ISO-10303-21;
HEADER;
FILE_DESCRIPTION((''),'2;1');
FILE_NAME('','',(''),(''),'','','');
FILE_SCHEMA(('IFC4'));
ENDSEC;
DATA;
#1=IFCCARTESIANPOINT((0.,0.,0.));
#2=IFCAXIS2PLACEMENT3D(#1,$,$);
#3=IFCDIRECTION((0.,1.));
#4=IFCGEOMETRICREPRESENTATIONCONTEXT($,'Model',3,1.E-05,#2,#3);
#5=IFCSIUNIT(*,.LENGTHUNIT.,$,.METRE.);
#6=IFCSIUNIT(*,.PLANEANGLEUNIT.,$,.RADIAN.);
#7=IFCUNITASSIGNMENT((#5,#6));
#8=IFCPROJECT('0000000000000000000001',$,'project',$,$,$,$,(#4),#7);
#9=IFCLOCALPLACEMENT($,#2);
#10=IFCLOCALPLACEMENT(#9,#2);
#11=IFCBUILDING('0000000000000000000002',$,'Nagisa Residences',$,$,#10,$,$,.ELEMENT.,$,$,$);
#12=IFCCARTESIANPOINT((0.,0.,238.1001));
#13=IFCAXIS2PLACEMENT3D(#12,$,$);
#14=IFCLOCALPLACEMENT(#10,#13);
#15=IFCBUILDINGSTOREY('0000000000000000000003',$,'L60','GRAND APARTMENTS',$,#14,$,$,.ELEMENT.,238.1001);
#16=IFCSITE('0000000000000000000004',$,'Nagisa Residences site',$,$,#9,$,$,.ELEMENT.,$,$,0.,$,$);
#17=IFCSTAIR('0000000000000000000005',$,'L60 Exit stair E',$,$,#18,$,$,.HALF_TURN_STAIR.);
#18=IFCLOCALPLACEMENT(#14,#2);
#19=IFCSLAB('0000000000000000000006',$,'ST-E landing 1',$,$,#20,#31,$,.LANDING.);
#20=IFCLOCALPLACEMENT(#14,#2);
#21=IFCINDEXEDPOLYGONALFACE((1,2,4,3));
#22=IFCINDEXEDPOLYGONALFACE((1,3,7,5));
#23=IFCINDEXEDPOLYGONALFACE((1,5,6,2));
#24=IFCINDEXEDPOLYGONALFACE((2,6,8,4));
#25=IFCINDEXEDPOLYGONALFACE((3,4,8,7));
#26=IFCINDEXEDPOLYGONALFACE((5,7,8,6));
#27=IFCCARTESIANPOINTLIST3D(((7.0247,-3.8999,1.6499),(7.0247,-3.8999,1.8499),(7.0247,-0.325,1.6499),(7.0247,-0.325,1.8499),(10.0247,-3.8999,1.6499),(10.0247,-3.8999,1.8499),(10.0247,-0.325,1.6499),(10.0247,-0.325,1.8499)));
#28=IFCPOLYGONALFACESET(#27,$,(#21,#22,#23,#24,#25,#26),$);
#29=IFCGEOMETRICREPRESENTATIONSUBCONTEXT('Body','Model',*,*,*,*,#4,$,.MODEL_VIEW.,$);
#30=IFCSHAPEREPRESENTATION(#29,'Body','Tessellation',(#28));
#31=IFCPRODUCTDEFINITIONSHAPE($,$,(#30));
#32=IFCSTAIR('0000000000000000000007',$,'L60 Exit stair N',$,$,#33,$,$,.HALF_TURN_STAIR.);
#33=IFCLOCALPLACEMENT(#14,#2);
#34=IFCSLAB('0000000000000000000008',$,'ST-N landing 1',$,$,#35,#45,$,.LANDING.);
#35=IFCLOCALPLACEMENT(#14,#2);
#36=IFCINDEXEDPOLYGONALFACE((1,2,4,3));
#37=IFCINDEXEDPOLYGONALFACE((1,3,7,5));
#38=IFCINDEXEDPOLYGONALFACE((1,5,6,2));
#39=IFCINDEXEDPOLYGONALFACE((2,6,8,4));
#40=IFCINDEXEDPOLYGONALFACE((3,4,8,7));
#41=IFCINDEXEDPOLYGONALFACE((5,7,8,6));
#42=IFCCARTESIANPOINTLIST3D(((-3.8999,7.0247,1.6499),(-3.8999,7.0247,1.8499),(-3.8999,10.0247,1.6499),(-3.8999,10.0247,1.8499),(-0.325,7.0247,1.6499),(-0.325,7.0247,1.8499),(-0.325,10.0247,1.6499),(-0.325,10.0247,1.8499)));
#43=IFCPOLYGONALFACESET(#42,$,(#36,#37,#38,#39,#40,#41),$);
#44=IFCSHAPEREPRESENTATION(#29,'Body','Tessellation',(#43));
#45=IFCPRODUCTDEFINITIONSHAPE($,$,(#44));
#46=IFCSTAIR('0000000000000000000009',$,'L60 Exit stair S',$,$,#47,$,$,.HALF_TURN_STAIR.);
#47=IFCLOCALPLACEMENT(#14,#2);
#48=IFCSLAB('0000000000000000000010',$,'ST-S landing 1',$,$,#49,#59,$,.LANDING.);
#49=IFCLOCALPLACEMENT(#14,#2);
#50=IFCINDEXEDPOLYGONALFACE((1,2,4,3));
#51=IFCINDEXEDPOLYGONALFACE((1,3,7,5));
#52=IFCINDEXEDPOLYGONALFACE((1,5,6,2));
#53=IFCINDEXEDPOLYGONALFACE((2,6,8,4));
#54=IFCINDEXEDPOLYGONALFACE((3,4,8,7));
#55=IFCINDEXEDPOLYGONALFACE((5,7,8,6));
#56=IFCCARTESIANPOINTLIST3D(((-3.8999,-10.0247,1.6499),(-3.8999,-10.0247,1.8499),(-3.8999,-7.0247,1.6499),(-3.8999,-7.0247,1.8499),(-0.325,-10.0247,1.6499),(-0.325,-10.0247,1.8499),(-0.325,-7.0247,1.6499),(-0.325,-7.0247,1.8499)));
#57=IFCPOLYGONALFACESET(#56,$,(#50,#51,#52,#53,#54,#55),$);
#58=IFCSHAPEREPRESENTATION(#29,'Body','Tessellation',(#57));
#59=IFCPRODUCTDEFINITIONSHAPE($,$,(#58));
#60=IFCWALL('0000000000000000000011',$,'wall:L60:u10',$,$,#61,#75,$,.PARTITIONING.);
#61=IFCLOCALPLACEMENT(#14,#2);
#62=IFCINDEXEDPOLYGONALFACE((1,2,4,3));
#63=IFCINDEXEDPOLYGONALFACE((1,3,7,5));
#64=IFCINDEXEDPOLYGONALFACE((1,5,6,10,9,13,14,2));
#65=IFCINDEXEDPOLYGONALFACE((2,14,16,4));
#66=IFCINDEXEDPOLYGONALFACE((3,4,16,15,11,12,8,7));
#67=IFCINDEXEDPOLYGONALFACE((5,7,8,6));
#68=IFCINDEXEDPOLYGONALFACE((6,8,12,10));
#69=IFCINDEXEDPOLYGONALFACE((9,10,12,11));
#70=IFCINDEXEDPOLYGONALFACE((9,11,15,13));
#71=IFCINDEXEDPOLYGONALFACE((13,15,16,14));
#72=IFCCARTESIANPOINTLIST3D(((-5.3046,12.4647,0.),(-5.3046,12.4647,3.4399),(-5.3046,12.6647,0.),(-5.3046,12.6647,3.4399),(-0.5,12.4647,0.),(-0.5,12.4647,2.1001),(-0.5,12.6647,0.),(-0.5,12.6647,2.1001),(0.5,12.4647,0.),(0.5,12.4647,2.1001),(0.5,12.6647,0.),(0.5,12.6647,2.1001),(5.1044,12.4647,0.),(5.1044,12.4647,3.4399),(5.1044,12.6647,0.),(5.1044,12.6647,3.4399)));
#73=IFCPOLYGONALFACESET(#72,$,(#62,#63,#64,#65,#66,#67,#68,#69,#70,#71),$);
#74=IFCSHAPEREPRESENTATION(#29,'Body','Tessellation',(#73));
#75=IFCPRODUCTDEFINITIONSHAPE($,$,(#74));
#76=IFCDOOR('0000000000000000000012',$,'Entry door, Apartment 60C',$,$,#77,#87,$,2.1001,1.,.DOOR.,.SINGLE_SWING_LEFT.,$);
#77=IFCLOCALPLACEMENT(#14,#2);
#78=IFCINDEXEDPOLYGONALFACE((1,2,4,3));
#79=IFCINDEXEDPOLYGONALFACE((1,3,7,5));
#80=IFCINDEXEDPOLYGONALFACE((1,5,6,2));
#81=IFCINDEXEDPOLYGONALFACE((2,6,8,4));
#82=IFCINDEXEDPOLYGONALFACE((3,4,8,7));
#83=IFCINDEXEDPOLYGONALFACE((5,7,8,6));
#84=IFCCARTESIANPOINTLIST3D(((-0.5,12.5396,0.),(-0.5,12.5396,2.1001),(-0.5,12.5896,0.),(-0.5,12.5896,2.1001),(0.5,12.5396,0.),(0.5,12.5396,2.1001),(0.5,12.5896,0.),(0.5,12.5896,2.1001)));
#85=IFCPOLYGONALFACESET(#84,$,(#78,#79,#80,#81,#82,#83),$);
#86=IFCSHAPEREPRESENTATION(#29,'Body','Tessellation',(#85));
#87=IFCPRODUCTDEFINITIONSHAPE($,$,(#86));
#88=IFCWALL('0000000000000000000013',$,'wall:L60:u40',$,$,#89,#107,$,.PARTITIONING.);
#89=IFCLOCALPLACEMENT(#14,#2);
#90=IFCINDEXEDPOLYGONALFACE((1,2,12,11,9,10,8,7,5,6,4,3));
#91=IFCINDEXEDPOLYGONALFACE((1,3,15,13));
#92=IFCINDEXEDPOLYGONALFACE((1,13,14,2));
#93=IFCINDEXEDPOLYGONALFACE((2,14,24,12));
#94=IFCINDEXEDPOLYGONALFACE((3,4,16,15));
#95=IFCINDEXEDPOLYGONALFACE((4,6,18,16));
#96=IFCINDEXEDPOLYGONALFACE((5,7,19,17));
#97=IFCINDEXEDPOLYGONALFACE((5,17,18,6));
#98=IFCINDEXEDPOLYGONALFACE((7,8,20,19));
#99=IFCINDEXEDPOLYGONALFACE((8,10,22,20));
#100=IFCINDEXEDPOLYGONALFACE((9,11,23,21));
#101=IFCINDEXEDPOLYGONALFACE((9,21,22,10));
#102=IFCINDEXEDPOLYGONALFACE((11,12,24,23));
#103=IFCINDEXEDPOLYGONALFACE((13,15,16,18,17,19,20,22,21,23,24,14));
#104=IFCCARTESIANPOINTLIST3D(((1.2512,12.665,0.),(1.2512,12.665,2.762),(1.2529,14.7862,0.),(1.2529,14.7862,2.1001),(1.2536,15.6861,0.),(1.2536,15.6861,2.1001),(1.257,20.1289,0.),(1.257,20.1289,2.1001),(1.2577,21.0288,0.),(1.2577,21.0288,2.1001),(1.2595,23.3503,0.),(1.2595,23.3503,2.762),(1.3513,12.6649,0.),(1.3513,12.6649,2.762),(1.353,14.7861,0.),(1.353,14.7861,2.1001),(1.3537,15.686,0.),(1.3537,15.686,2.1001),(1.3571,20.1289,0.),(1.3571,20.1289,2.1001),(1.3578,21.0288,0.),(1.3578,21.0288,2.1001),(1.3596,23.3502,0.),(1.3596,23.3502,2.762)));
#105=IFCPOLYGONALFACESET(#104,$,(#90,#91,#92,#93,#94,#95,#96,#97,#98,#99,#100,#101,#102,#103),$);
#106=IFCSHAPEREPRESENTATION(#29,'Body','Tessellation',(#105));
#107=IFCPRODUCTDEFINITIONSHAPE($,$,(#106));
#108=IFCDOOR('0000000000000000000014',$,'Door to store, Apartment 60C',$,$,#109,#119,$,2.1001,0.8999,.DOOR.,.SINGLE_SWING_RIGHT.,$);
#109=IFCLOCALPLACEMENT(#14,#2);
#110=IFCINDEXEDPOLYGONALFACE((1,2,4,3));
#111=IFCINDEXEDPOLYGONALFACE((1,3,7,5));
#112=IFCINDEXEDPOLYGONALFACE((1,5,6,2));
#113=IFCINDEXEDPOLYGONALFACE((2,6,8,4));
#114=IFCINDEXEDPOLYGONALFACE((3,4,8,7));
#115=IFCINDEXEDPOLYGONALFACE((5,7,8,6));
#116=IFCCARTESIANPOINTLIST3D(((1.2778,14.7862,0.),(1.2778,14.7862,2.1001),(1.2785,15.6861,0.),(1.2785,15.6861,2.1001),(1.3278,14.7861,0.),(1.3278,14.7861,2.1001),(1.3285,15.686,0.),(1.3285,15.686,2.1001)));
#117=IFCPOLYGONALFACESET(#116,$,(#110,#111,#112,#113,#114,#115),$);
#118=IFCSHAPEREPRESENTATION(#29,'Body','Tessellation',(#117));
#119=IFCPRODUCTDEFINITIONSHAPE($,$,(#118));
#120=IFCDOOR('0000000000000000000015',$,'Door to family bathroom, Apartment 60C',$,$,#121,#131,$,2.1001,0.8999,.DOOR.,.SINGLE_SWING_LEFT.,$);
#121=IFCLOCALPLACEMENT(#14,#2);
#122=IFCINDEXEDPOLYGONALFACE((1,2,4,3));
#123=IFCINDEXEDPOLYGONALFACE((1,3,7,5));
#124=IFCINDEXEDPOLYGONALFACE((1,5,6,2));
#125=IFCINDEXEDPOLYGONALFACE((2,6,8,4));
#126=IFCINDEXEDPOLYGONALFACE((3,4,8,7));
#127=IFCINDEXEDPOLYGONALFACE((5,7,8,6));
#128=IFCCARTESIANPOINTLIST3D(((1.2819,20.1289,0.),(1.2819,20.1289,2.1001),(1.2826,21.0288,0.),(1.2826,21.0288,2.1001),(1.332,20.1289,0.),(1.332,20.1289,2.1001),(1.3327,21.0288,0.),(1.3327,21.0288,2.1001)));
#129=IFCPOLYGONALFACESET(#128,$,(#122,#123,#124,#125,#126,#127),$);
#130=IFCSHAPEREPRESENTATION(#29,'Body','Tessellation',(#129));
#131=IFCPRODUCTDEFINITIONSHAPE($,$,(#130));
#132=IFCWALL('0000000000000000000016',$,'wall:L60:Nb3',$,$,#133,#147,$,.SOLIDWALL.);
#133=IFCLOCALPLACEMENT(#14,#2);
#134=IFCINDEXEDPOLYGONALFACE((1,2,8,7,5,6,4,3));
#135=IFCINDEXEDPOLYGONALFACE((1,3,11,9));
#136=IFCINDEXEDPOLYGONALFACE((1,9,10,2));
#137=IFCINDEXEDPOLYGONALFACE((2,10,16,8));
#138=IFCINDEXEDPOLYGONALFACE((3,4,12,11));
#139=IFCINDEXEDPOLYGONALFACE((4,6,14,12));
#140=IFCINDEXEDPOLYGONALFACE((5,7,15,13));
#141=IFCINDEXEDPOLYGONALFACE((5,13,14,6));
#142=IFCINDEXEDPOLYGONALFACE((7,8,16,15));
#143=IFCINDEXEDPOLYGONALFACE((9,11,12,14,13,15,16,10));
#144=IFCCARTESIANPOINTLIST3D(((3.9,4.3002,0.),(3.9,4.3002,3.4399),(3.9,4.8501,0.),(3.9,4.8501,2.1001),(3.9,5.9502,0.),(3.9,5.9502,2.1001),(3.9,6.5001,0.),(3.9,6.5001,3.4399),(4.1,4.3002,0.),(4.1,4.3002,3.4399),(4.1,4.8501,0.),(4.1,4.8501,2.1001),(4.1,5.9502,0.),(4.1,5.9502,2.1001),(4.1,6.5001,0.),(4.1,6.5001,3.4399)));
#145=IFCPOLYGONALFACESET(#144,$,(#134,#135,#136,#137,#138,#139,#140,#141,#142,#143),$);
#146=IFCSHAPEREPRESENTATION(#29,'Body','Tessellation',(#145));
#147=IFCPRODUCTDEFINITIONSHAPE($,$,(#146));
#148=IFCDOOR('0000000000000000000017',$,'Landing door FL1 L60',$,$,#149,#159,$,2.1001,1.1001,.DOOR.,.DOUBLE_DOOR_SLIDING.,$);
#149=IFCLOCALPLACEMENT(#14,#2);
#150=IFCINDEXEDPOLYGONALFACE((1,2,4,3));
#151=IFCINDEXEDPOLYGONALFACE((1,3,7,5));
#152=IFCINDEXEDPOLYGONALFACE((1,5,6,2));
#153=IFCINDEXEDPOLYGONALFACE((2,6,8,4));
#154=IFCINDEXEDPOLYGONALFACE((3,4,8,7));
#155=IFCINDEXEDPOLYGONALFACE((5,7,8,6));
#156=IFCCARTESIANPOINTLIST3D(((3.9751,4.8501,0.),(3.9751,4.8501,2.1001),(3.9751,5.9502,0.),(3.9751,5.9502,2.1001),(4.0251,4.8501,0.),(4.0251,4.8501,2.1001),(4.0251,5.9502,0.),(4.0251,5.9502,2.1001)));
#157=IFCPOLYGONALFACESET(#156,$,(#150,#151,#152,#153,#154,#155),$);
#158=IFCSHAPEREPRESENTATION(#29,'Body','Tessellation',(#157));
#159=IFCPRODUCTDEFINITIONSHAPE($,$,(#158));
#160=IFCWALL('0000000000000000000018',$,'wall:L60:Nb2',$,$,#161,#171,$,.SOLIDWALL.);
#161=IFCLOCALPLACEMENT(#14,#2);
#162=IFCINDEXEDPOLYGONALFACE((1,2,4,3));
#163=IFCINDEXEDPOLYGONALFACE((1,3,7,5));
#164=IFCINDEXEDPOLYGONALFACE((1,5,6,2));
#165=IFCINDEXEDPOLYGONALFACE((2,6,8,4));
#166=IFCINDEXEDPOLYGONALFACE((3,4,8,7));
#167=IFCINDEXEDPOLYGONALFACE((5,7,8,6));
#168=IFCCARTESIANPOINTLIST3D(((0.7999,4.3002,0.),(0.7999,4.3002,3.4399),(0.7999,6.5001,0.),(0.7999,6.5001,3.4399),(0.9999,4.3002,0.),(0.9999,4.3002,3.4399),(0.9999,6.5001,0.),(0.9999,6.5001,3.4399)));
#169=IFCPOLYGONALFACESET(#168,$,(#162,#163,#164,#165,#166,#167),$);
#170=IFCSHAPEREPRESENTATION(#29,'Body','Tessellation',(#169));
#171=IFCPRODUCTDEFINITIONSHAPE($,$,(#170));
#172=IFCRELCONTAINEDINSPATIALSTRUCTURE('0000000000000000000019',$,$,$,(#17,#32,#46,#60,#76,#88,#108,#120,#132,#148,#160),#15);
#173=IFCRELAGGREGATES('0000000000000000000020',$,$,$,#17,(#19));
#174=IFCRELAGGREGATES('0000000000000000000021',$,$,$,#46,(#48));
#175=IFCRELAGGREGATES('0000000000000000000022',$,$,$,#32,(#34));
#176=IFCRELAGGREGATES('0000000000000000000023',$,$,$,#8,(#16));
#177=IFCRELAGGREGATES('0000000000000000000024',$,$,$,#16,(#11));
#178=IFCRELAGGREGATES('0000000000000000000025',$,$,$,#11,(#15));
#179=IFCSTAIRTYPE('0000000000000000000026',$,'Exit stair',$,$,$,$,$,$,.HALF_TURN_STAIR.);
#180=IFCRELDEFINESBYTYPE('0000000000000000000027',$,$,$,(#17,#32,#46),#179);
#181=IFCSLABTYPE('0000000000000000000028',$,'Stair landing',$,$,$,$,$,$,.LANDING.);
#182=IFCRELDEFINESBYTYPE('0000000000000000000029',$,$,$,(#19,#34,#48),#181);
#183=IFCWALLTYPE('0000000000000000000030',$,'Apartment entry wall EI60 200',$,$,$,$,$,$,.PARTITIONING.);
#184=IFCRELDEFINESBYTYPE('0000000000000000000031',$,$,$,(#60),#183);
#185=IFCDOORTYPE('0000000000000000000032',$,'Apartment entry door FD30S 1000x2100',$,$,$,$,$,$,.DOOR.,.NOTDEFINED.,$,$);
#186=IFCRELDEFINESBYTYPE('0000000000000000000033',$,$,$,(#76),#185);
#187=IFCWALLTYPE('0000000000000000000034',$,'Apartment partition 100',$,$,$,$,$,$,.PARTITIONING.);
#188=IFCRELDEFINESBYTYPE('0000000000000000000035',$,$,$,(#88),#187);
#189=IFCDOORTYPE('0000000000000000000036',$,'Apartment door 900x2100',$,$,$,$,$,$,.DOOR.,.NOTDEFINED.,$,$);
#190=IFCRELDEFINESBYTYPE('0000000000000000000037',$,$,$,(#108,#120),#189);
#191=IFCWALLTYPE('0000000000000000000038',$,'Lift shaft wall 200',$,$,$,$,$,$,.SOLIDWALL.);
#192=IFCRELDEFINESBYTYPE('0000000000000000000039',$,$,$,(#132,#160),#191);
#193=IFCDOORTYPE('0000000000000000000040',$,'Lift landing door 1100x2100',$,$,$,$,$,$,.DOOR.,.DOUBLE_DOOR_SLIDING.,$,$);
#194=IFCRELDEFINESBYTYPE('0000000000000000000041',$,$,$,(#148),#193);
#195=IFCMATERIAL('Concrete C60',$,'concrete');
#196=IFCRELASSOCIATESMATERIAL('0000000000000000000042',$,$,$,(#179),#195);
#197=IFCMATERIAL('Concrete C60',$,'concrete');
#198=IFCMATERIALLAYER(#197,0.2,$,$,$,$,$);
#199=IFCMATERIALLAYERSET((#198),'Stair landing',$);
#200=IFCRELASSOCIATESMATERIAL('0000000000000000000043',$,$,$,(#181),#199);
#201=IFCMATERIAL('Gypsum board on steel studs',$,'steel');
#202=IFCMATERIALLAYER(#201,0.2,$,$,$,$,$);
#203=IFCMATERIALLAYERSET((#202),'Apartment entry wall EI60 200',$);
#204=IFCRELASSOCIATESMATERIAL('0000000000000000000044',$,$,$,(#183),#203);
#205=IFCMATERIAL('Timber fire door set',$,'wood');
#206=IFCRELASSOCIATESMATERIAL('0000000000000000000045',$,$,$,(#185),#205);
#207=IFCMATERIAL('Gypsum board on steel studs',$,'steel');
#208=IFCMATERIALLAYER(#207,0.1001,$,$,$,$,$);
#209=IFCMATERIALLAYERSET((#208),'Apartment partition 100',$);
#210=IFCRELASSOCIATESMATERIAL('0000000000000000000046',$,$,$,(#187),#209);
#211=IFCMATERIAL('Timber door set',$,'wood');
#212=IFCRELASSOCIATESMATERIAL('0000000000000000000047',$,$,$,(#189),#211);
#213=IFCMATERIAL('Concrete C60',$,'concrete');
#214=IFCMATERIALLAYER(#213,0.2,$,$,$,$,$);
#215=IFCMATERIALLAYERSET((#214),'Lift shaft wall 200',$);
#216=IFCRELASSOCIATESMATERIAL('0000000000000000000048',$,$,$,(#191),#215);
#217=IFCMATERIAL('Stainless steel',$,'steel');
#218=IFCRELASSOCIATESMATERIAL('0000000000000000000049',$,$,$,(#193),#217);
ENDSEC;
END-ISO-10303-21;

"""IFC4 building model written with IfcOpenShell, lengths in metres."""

from ifc_helpers import new_model, si_unit, direction, frame, frame_2d, origin, place, context, subcontext, project, spatial, polyline, rectangle, outline, extrude, material, layer, layer_set, type_object, element, fill, aggregate, save


model = new_model("IFC4")

# Units and contexts
model_context = context("Model", 3, precision=1e-05, world=origin(), true_north=direction((0.0, 1.0)))
body_context = subcontext(model_context, "Body", "Model", "MODEL_VIEW")
ifc_project = project(units=[si_unit("LENGTHUNIT", "METRE"), si_unit("PLANEANGLEUNIT", "RADIAN")], contexts=[model_context])

# Site, building, storey
site_placement = place(None, origin())
site = spatial("IfcSite", under=ifc_project, at=site_placement, Name="Nagisa Residences site", CompositionType="ELEMENT", RefElevation=0.0)
building_placement = place(site_placement, origin())
building = spatial("IfcBuilding", under=site, at=building_placement, Name="Nagisa Residences", CompositionType="ELEMENT")
storey_placement = place(building_placement, frame((0.0, 0.0, 238.1001)))
storey = spatial("IfcBuildingStorey", under=building, at=storey_placement, Name="L60", Description="GRAND APARTMENTS", CompositionType="ELEMENT", Elevation=238.1001)

# Stairs, slabs
ifc_material_1 = material(Name="Concrete C60", Category="concrete")
stair_type = type_object("IfcStairType", Name="Exit stair", PredefinedType="HALF_TURN_STAIR", material=ifc_material_1)
stair_1_placement = place(storey_placement, origin())
stair_1 = element("IfcStair", 1, at=stair_1_placement, inside=storey, type_object=stair_type, Name="L60 Exit stair E", PredefinedType="HALF_TURN_STAIR")
ifc_material_2 = material(Name="Concrete C60", Category="concrete")
ifc_layer_1 = layer(ifc_material_2, 0.2)
ifc_layer_set_1 = layer_set([ifc_layer_1], Name="Stair landing")
slab_type = type_object("IfcSlabType", Name="Stair landing", PredefinedType="LANDING", material=ifc_layer_set_1)
slab_1_placement = place(storey_placement, frame((0.0, 0.0, 1.6499)))
slab_1 = element("IfcSlab", 2, at=slab_1_placement, type_object=slab_type, Name="ST-E landing 1", PredefinedType="LANDING", context=body_context, shape_type="SweptSolid", body=[
    extrude(outline(polyline([(7.0247, -0.325), (7.0247, -3.8999), (10.0247, -3.8999), (10.0247, -0.325), (7.0247, -0.325)])), origin(), (0.0, 0.0, 1.0), 0.2),
])
aggregate(stair_1, [slab_1])
stair_2_placement = place(storey_placement, origin())
stair_2 = element("IfcStair", 3, at=stair_2_placement, inside=storey, type_object=stair_type, Name="L60 Exit stair N", PredefinedType="HALF_TURN_STAIR")
slab_2_placement = place(storey_placement, frame((0.0, 0.0, 1.6499)))
slab_2 = element("IfcSlab", 4, at=slab_2_placement, type_object=slab_type, Name="ST-N landing 1", PredefinedType="LANDING", context=body_context, shape_type="SweptSolid", body=[
    extrude(outline(polyline([(-0.325, 10.0247), (-3.8999, 10.0247), (-3.8999, 7.0247), (-0.325, 7.0247), (-0.325, 10.0247)])), origin(), (0.0, 0.0, 1.0), 0.2),
])
stair_3_placement = place(storey_placement, origin())
stair_3 = element("IfcStair", 5, at=stair_3_placement, inside=storey, type_object=stair_type, Name="L60 Exit stair S", PredefinedType="HALF_TURN_STAIR")
slab_3_placement = place(storey_placement, frame((0.0, 0.0, 1.6499)))
slab_3 = element("IfcSlab", 6, at=slab_3_placement, type_object=slab_type, Name="ST-S landing 1", PredefinedType="LANDING", context=body_context, shape_type="SweptSolid", body=[
    extrude(outline(polyline([(-0.325, -7.0247), (-3.8999, -7.0247), (-3.8999, -10.0247), (-0.325, -10.0247), (-0.325, -7.0247)])), origin(), (0.0, 0.0, 1.0), 0.2),
])
aggregate(stair_3, [slab_3])

# Wall, opening, door
ifc_material_3 = material(Name="Gypsum board on steel studs", Category="steel")
ifc_layer_2 = layer(ifc_material_3, 0.2)
ifc_layer_set_2 = layer_set([ifc_layer_2], Name="Apartment entry wall EI60 200")
wall_type_1 = type_object("IfcWallType", Name="Apartment entry wall EI60 200", PredefinedType="PARTITIONING", material=ifc_layer_set_2)
wall_1_placement = place(storey_placement, frame((5.1045, 12.5647, 0.0), z_axis=(0.0, 0.0, 1.0), x_axis=(-1.0, 0.0, 0.0)))
wall_1 = element("IfcWall", 7, at=wall_1_placement, inside=storey, type_object=wall_type_1, Name="wall:L60:u10", PredefinedType="PARTITIONING", context=body_context, shape_type="SweptSolid", body=[
    extrude(rectangle(XDim=10.4089, YDim=0.2, at=frame_2d((5.2046, 0.0))), origin(), (0.0, 0.0, 1.0), 3.4399),
])
opening_1_placement = place(wall_1_placement, frame((4.6045, 0.0, 0.0)))
opening_1 = element("IfcOpeningElement", 8, at=opening_1_placement, cuts=wall_1, PredefinedType="OPENING", context=body_context, shape_type="SweptSolid", body=[
    extrude(rectangle(XDim=1.0, YDim=2.1001, at=frame_2d((0.5, 1.05))), frame((0.0, 0.1099, 0.0), z_axis=(0.0, -1.0, 0.0), x_axis=(1.0, 0.0, 0.0)), (0.0, 0.0, 1.0), 0.22),
])
ifc_material_4 = material(Name="Timber fire door set", Category="wood")
door_type_1 = type_object("IfcDoorType", Name="Apartment entry door FD30S 1000x2100", OperationType="NOTDEFINED", PredefinedType="DOOR", material=ifc_material_4)
door_1_placement = place(opening_1_placement, frame((1.0, 0.0, 0.0), x_axis=(-1.0, 0.0, 0.0)))
door_1 = element("IfcDoor", 9, at=door_1_placement, inside=storey, type_object=door_type_1, Name="Entry door, Apartment 60C", OperationType="SINGLE_SWING_LEFT", OverallHeight=2.1001, OverallWidth=1.0, PredefinedType="DOOR", context=body_context, shape_type="SweptSolid", body=[
    extrude(rectangle(XDim=1.0, YDim=2.1001, at=frame_2d((0.5, 1.05))), frame((0.0, 0.0249, 0.0), z_axis=(0.0, -1.0, 0.0), x_axis=(1.0, 0.0, 0.0)), (0.0, 0.0, 1.0), 0.05),
])
fill(opening_1, door_1)

# Wall, openings, doors
ifc_material_5 = material(Name="Gypsum board on steel studs", Category="steel")
ifc_layer_3 = layer(ifc_material_5, 0.1001)
ifc_layer_set_3 = layer_set([ifc_layer_3], Name="Apartment partition 100")
wall_type_2 = type_object("IfcWallType", Name="Apartment partition 100", PredefinedType="PARTITIONING", material=ifc_layer_set_3)
wall_2_placement = place(storey_placement, frame((1.3013, 12.6648, 0.0), z_axis=(0.0, 0.0, 1.0), x_axis=(0.000777, 1.0, 0.0)))
wall_2 = element("IfcWall", 10, at=wall_2_placement, inside=storey, type_object=wall_type_2, Name="wall:L60:u40", PredefinedType="PARTITIONING", context=body_context, shape_type="SweptSolid", body=[
    extrude(rectangle(XDim=10.6853, YDim=0.1001, at=frame_2d((5.3428, 0.0))), origin(), (0.0, 0.0, 1.0), 2.762),
])
opening_2_placement = place(wall_2_placement, frame((2.1213, 0.0, 0.0)))
opening_2 = element("IfcOpeningElement", 11, at=opening_2_placement, cuts=wall_2, PredefinedType="OPENING", context=body_context, shape_type="SweptSolid", body=[
    extrude(rectangle(XDim=0.8999, YDim=2.1001, at=frame_2d((0.45, 1.05))), frame((0.0, 0.0601, 0.0), z_axis=(0.0, -1.0, 0.0), x_axis=(1.0, 0.0, 0.0)), (0.0, 0.0, 1.0), 0.1201),
])
opening_3_placement = place(wall_2_placement, frame((7.4641, 0.0, 0.0)))
opening_3 = element("IfcOpeningElement", 12, at=opening_3_placement, cuts=wall_2, PredefinedType="OPENING", context=body_context, shape_type="SweptSolid", body=[
    extrude(rectangle(XDim=0.8999, YDim=2.1001, at=frame_2d((0.45, 1.05))), frame((0.0, 0.0601, 0.0), z_axis=(0.0, -1.0, 0.0), x_axis=(1.0, 0.0, 0.0)), (0.0, 0.0, 1.0), 0.1201),
])
ifc_material_6 = material(Name="Timber door set", Category="wood")
door_type_2 = type_object("IfcDoorType", Name="Apartment door 900x2100", OperationType="NOTDEFINED", PredefinedType="DOOR", material=ifc_material_6)
door_2_placement = place(opening_2_placement, frame((0.8999, 0.0, 0.0), x_axis=(-1.0, 0.0, 0.0)))
door_2 = element("IfcDoor", 13, at=door_2_placement, inside=storey, type_object=door_type_2, Name="Door to store, Apartment 60C", OperationType="SINGLE_SWING_RIGHT", OverallHeight=2.1001, OverallWidth=0.8999, PredefinedType="DOOR", context=body_context, shape_type="SweptSolid", body=[
    extrude(rectangle(XDim=0.8999, YDim=2.1001, at=frame_2d((0.45, 1.05))), frame((0.0, 0.0249, 0.0), z_axis=(0.0, -1.0, 0.0), x_axis=(1.0, 0.0, 0.0)), (0.0, 0.0, 1.0), 0.05),
])
fill(opening_2, door_2)
door_3_placement = place(opening_3_placement, frame((0.8999, 0.0, 0.0), x_axis=(-1.0, 0.0, 0.0)))
door_3 = element("IfcDoor", 14, at=door_3_placement, inside=storey, type_object=door_type_2, Name="Door to family bathroom, Apartment 60C", OperationType="SINGLE_SWING_LEFT", OverallHeight=2.1001, OverallWidth=0.8999, PredefinedType="DOOR", context=body_context, shape_type="SweptSolid", body=[
    extrude(rectangle(XDim=0.8999, YDim=2.1001, at=frame_2d((0.45, 1.05))), frame((0.0, 0.0249, 0.0), z_axis=(0.0, -1.0, 0.0), x_axis=(1.0, 0.0, 0.0)), (0.0, 0.0, 1.0), 0.05),
])
fill(opening_3, door_3)

# Wall, opening, door
ifc_material_7 = material(Name="Concrete C60", Category="concrete")
ifc_layer_4 = layer(ifc_material_7, 0.2)
ifc_layer_set_4 = layer_set([ifc_layer_4], Name="Lift shaft wall 200")
wall_type_3 = type_object("IfcWallType", Name="Lift shaft wall 200", PredefinedType="SOLIDWALL", material=ifc_layer_set_4)
wall_3_placement = place(storey_placement, frame((4.0, 4.3, 0.0), z_axis=(0.0, 0.0, 1.0), x_axis=(0.0, 1.0, 0.0)))
wall_3 = element("IfcWall", 15, at=wall_3_placement, inside=storey, type_object=wall_type_3, Name="wall:L60:Nb3", PredefinedType="SOLIDWALL", context=body_context, shape_type="SweptSolid", body=[
    extrude(rectangle(XDim=2.2, YDim=0.2, at=frame_2d((1.1001, 0.0))), origin(), (0.0, 0.0, 1.0), 3.4399),
])
opening_4_placement = place(wall_3_placement, frame((0.55, 0.0, 0.0)))
opening_4 = element("IfcOpeningElement", 16, at=opening_4_placement, cuts=wall_3, PredefinedType="OPENING", context=body_context, shape_type="SweptSolid", body=[
    extrude(rectangle(XDim=1.1001, YDim=2.1001, at=frame_2d((0.55, 1.05))), frame((0.0, 0.1099, 0.0), z_axis=(0.0, -1.0, 0.0), x_axis=(1.0, 0.0, 0.0)), (0.0, 0.0, 1.0), 0.22),
])
ifc_material_8 = material(Name="Stainless steel", Category="steel")
door_type_3 = type_object("IfcDoorType", Name="Lift landing door 1100x2100", OperationType="DOUBLE_DOOR_SLIDING", PredefinedType="DOOR", material=ifc_material_8)
door_4_placement = place(opening_4_placement, origin())
door_4 = element("IfcDoor", 17, at=door_4_placement, inside=storey, type_object=door_type_3, Name="Landing door FL1 L60", OperationType="DOUBLE_DOOR_SLIDING", OverallHeight=2.1001, OverallWidth=1.1001, PredefinedType="DOOR", context=body_context, shape_type="SweptSolid", body=[
    extrude(rectangle(XDim=1.1001, YDim=2.1001, at=frame_2d((0.55, 1.05))), frame((0.0, 0.0249, 0.0), z_axis=(0.0, -1.0, 0.0), x_axis=(1.0, 0.0, 0.0)), (0.0, 0.0, 1.0), 0.05),
])
fill(opening_4, door_4)

# Wall
wall_4_placement = place(storey_placement, frame((0.8999, 4.3, 0.0), z_axis=(0.0, 0.0, 1.0), x_axis=(0.0, 1.0, 0.0)))
element("IfcWall", 18, at=wall_4_placement, inside=storey, type_object=wall_type_3, Name="wall:L60:Nb2", PredefinedType="SOLIDWALL", context=body_context, shape_type="SweptSolid", body=[
    extrude(rectangle(XDim=2.2, YDim=0.2, at=frame_2d((1.1001, 0.0))), origin(), (0.0, 0.0, 1.0), 3.4399),
])

aggregate(stair_2, [slab_2])

save(model, "model.ifc")
